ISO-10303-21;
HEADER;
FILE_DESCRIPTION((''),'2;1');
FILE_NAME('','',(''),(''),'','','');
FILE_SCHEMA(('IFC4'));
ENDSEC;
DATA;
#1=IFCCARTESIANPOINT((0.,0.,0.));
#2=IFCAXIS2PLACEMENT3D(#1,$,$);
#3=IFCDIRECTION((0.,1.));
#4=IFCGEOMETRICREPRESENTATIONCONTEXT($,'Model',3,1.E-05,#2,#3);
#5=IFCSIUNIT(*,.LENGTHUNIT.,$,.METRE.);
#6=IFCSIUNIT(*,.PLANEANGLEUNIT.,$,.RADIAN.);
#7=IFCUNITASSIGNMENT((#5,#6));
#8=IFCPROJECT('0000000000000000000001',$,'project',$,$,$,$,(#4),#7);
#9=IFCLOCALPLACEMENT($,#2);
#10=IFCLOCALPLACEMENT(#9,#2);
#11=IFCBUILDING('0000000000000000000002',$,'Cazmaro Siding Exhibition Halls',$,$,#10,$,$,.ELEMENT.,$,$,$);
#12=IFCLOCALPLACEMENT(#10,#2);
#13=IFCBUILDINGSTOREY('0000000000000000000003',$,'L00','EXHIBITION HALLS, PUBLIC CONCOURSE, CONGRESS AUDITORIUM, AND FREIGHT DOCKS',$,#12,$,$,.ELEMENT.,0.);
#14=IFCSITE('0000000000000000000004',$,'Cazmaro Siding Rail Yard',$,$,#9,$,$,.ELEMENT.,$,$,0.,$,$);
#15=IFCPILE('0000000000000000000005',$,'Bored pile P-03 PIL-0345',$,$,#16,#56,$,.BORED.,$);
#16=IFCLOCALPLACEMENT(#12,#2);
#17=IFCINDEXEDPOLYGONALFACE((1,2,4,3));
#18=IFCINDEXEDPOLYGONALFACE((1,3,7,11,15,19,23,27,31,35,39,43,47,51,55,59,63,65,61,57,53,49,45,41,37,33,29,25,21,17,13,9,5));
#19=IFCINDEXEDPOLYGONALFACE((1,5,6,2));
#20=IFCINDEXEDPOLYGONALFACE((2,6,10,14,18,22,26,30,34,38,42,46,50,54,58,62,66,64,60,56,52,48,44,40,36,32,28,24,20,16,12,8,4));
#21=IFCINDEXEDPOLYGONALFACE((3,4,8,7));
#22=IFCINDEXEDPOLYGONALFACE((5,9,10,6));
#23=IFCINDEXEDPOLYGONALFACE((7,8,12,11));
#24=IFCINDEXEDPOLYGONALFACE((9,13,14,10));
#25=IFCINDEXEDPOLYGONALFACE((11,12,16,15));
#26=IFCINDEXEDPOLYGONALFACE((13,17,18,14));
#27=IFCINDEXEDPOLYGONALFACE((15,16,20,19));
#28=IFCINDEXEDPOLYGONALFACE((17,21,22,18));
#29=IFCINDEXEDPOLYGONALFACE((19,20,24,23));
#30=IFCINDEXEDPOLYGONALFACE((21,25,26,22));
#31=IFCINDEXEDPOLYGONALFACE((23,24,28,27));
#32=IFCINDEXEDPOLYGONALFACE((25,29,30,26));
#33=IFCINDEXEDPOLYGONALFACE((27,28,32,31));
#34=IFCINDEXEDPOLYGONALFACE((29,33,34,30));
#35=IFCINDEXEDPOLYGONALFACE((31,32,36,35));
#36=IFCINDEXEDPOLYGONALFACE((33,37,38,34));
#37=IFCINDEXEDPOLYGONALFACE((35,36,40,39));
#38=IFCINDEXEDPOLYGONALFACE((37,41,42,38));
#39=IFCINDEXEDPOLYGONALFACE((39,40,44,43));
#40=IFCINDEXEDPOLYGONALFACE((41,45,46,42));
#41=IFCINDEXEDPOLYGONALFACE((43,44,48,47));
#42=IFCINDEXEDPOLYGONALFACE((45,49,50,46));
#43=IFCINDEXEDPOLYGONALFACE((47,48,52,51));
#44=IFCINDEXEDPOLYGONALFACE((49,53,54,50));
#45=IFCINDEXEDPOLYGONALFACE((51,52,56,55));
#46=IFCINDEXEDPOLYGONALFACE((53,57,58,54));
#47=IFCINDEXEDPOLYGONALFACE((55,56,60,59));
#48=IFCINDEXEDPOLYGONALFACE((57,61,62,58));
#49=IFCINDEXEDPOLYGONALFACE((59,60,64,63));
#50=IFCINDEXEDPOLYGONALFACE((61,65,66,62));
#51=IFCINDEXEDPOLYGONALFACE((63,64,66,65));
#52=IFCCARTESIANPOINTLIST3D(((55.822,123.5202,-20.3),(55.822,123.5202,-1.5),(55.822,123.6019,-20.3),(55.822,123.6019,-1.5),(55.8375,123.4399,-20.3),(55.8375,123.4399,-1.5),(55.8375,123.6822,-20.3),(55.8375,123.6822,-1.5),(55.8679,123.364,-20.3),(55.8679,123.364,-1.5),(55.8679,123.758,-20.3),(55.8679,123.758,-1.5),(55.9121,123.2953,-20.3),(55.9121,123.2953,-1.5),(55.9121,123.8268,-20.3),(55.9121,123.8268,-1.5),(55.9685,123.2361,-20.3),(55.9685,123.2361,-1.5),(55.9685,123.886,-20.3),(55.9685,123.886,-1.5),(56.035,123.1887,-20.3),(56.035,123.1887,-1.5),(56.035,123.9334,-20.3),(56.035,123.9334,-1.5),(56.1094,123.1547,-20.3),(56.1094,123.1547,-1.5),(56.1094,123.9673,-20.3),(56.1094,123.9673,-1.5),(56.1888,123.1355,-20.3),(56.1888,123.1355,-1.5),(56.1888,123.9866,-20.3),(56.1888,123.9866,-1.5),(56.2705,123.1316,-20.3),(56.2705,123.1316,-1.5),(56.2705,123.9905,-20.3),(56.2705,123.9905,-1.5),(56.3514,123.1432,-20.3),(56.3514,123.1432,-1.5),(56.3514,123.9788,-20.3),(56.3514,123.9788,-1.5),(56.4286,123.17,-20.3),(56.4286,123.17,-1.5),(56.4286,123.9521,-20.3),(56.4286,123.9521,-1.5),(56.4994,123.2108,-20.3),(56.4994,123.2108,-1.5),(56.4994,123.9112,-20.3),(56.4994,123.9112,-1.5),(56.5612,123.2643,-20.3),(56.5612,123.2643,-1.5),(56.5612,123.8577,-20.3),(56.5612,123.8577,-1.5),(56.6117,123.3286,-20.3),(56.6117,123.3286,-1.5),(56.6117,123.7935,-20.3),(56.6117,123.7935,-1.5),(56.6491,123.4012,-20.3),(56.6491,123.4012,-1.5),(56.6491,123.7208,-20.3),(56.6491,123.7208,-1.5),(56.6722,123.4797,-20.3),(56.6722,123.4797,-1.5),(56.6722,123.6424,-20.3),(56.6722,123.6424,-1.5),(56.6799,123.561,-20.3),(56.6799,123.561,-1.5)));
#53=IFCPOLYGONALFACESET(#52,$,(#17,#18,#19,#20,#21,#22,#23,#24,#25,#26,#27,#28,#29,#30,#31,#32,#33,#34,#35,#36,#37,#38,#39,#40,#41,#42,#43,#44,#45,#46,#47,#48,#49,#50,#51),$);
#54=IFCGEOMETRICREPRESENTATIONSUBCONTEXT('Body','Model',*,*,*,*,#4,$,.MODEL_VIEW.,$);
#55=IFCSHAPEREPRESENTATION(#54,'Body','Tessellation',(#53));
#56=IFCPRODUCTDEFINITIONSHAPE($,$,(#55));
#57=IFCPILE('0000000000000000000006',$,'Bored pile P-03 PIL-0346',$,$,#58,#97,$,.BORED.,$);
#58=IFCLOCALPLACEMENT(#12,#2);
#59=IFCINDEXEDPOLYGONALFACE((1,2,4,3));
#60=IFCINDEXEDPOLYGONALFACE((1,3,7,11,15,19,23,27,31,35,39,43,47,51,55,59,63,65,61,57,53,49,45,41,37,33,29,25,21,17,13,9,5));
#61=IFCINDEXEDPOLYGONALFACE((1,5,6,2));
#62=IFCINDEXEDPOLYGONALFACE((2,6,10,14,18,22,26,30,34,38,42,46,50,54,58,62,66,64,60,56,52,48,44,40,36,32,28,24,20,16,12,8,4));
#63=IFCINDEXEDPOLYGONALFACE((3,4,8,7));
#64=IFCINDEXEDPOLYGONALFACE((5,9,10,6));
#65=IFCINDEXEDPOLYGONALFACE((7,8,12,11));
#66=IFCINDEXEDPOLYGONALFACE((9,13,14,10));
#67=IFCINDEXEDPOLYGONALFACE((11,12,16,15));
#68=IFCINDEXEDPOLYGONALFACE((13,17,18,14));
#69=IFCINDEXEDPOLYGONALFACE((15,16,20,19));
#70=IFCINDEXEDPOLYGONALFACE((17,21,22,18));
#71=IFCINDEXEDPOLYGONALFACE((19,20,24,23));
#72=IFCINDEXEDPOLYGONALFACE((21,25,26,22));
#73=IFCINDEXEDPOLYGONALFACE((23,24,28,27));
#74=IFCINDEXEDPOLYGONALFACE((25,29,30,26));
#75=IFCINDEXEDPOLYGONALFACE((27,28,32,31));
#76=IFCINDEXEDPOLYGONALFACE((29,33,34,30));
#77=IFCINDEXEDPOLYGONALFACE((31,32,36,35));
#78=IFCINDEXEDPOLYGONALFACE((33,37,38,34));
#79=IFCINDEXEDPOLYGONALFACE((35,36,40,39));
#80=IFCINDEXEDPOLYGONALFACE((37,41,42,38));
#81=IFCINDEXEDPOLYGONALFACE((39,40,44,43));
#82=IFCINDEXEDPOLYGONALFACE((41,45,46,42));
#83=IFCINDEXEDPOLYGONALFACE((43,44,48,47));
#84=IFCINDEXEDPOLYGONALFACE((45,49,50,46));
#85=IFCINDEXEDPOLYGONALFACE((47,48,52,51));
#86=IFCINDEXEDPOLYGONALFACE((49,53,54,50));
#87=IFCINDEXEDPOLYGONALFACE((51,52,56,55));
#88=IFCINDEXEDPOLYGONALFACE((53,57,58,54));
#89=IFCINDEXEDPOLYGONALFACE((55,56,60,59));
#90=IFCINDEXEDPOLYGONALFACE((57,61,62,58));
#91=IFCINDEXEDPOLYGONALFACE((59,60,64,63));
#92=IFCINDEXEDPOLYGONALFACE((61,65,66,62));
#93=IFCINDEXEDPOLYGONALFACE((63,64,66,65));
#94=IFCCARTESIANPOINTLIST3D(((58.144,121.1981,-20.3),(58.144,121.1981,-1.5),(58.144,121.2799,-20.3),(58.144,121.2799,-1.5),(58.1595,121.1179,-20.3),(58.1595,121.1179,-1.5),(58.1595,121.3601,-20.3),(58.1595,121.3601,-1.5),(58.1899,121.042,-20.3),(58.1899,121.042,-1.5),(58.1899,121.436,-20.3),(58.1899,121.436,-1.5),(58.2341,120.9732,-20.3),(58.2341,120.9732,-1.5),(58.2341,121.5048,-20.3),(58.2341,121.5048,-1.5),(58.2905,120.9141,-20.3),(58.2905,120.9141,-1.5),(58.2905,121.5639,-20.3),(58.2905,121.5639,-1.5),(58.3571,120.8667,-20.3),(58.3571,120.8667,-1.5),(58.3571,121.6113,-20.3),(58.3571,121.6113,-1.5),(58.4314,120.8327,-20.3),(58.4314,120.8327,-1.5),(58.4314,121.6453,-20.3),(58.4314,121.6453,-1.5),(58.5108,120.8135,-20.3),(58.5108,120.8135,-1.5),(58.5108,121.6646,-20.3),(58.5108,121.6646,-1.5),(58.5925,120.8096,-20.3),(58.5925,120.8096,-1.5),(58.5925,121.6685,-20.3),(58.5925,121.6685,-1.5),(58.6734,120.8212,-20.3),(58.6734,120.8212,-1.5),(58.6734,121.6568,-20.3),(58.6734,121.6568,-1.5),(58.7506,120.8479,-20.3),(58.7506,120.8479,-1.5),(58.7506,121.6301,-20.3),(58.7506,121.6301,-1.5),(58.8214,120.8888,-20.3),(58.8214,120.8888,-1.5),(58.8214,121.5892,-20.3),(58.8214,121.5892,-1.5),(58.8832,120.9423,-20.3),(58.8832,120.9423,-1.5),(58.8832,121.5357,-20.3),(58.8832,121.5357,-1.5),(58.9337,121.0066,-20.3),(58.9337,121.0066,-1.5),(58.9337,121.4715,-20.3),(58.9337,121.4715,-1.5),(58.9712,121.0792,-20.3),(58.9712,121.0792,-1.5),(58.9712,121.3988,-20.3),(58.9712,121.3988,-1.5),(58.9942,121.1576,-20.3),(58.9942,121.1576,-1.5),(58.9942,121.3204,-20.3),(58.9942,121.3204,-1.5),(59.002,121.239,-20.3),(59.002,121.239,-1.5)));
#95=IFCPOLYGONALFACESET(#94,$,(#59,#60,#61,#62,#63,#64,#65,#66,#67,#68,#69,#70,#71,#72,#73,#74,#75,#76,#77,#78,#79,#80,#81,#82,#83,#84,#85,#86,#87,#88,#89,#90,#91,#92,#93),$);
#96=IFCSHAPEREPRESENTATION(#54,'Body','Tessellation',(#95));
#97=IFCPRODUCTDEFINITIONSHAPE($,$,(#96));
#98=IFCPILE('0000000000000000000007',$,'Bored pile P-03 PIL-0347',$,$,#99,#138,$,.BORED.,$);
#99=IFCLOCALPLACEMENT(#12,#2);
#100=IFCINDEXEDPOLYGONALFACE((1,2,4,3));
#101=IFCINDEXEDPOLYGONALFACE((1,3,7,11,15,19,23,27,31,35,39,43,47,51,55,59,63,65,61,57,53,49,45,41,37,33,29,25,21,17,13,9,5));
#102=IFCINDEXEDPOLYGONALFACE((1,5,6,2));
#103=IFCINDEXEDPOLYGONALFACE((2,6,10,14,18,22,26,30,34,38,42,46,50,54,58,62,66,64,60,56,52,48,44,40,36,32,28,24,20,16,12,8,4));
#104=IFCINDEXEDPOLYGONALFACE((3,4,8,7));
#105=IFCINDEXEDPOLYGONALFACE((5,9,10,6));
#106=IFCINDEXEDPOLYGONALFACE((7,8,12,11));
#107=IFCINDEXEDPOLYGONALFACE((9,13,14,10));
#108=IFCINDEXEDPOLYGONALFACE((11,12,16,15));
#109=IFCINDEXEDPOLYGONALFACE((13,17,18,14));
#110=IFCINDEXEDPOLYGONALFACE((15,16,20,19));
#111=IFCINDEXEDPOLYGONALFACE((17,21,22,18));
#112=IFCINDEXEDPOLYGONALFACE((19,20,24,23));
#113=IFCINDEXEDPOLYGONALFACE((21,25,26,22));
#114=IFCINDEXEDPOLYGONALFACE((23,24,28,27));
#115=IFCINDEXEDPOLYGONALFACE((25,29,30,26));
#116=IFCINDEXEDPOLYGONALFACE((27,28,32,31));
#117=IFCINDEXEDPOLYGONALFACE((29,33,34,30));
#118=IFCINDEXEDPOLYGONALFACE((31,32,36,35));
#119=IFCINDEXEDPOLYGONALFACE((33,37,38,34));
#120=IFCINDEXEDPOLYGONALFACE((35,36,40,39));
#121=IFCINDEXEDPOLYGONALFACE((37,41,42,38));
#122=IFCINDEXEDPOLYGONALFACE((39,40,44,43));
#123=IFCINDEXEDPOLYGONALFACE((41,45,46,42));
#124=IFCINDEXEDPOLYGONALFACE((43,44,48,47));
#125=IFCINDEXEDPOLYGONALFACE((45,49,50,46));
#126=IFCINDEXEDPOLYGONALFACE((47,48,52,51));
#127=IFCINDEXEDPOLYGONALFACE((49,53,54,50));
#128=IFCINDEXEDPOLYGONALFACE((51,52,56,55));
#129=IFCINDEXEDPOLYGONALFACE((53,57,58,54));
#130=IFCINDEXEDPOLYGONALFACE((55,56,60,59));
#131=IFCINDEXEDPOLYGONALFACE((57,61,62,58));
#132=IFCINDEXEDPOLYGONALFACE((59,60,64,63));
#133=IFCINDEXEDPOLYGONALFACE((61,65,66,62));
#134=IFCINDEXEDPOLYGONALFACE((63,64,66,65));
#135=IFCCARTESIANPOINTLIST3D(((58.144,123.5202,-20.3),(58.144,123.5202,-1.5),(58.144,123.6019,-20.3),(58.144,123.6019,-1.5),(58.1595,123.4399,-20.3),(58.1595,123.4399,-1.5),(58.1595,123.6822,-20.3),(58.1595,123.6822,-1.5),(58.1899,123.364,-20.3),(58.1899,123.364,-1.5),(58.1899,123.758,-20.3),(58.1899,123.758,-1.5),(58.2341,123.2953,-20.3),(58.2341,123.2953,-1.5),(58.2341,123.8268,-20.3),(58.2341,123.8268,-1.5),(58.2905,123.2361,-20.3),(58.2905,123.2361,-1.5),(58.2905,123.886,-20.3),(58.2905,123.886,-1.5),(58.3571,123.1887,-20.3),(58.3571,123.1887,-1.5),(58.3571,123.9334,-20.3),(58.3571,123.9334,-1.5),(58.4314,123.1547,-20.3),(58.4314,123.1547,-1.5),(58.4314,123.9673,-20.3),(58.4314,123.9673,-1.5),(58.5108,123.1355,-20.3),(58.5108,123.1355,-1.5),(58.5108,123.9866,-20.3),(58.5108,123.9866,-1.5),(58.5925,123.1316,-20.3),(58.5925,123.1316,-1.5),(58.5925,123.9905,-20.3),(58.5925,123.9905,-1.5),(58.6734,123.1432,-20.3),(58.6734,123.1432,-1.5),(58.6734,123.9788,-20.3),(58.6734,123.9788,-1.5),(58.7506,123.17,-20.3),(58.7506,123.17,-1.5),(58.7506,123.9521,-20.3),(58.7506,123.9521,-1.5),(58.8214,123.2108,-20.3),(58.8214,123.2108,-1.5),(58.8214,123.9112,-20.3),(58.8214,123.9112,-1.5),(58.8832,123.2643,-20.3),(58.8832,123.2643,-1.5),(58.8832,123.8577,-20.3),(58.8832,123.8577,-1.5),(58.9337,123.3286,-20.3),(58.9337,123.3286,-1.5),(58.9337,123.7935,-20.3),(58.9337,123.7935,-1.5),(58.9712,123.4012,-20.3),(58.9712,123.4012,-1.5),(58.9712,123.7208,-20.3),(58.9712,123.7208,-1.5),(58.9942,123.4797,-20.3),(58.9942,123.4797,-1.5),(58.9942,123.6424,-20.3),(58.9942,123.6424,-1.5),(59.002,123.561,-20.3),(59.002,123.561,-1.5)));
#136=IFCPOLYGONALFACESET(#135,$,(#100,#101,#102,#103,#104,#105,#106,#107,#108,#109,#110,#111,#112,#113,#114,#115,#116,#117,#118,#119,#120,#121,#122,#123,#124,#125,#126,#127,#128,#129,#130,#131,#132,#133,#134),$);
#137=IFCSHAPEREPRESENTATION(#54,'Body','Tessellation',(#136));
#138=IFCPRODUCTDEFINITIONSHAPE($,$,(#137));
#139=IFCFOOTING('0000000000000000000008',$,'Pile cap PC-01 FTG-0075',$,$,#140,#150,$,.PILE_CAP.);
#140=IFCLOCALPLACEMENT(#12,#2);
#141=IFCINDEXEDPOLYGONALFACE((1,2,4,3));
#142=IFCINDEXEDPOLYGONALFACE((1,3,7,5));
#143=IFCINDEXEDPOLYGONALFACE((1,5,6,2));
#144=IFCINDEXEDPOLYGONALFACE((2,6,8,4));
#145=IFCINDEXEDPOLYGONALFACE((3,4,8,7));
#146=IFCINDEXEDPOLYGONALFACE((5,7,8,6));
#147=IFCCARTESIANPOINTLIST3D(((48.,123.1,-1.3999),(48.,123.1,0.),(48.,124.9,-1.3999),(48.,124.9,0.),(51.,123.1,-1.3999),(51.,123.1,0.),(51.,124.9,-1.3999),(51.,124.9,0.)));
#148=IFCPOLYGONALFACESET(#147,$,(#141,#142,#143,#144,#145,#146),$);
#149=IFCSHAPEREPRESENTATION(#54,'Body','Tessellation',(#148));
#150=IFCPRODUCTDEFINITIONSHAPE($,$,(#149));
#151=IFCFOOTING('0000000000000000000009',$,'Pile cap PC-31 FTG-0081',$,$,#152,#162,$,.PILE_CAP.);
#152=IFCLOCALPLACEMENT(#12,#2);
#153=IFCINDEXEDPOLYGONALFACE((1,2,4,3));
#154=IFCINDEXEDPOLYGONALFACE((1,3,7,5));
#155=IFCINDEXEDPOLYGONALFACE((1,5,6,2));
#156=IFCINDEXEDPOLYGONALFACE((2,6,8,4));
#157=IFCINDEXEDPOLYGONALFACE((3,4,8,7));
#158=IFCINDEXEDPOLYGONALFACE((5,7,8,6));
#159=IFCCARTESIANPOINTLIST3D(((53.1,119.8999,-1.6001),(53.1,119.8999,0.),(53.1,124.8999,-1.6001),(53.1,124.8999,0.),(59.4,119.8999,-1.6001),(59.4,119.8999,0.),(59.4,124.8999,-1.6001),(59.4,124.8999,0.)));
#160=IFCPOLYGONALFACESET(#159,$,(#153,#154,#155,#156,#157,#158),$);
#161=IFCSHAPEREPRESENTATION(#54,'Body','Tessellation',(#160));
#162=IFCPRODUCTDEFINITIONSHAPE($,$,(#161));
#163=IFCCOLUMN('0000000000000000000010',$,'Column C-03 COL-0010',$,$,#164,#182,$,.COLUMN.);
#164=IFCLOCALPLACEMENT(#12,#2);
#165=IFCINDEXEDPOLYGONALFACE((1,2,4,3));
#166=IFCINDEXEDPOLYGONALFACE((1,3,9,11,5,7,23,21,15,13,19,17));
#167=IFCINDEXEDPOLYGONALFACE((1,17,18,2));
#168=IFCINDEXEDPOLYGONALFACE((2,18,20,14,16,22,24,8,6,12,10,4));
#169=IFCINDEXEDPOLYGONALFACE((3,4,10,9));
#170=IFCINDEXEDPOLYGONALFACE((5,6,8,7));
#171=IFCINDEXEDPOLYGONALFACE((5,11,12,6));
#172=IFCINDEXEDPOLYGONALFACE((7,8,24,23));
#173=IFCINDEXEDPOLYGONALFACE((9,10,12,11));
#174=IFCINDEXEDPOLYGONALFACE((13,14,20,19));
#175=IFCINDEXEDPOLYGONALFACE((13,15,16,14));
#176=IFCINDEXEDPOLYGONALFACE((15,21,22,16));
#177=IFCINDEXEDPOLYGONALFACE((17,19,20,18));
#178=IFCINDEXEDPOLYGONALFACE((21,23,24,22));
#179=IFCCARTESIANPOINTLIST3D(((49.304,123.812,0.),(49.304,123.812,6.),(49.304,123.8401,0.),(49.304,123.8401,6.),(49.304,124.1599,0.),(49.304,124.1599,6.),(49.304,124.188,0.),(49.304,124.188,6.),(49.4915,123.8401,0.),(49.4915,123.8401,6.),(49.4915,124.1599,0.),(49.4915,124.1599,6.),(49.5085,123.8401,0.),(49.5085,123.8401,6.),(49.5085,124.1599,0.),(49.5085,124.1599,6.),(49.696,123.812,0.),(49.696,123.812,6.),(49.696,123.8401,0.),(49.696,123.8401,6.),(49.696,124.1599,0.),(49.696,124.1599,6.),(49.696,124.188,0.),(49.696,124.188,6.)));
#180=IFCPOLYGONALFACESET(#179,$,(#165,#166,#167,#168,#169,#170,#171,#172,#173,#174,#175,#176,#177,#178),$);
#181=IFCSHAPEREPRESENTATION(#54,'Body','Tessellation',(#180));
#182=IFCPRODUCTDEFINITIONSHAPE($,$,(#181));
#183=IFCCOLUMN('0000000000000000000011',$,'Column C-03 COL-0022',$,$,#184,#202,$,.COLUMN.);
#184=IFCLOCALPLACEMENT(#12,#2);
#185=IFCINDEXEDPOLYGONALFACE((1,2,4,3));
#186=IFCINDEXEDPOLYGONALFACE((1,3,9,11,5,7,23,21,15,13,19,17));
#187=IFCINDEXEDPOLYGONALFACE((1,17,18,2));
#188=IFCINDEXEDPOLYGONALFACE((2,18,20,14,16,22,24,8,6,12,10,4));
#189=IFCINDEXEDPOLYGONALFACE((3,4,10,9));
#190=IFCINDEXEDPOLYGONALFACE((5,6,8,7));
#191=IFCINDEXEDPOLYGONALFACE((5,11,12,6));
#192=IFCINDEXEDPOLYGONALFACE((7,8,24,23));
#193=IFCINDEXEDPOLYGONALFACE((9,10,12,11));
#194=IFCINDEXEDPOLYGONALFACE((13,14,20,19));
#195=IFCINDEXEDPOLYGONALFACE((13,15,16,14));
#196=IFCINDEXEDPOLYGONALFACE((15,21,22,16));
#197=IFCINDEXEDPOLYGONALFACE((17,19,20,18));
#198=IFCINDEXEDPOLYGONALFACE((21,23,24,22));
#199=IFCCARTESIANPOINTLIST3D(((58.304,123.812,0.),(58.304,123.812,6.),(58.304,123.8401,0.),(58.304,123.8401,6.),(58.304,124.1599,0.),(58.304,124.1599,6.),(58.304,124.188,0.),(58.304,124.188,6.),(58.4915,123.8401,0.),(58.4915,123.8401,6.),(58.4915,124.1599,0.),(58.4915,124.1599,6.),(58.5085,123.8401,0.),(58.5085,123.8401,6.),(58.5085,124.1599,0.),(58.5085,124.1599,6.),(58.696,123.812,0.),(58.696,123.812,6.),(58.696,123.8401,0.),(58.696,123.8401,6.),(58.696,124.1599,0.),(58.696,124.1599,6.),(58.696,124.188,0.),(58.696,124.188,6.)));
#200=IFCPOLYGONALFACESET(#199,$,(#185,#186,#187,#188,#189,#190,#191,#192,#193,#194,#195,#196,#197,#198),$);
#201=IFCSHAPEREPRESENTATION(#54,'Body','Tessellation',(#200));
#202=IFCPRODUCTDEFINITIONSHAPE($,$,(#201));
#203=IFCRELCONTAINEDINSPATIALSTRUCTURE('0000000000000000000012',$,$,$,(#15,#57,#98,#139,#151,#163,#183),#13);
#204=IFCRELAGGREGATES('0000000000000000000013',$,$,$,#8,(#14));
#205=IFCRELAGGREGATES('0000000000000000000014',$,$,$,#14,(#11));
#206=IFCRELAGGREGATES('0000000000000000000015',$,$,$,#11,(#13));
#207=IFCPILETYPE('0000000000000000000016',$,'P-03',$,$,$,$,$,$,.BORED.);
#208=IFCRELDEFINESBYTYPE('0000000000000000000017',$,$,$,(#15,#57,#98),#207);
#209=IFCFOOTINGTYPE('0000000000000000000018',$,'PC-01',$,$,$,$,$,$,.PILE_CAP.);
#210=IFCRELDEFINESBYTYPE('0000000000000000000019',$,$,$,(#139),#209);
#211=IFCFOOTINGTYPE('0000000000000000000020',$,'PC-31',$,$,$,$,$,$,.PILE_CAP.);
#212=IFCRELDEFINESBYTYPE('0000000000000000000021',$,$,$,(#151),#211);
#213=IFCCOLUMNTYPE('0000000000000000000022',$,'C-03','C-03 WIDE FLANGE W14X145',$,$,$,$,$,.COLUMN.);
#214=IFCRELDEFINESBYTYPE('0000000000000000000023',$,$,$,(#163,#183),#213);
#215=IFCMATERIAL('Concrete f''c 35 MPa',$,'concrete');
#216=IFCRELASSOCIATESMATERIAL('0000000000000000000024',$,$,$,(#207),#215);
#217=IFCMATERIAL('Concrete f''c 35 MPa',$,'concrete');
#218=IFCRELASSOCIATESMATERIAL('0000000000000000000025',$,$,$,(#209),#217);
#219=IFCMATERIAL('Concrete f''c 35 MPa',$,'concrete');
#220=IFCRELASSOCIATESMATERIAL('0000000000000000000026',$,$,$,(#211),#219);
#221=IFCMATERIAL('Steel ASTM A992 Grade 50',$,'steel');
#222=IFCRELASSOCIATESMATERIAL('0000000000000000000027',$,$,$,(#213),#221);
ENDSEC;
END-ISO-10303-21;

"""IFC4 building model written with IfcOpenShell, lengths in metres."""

from ifc_helpers import new_model, si_unit, direction, frame, origin, origin_2d, place, context, subcontext, project, spatial, rectangle, circle, i_section, extrude, material, material_profile, profile_set, type_object, element, save


model = new_model("IFC4")

# Units and contexts
model_context = context("Model", 3, precision=1e-05, world=origin(), true_north=direction((0.0, 1.0)))
body_context = subcontext(model_context, "Body", "Model", "MODEL_VIEW")
ifc_project = project(units=[si_unit("LENGTHUNIT", "METRE"), si_unit("PLANEANGLEUNIT", "RADIAN")], contexts=[model_context])

# Site, building, storey
site_placement = place(None, origin())
site = spatial("IfcSite", under=ifc_project, at=site_placement, Name="Cazmaro Siding Rail Yard", CompositionType="ELEMENT", RefElevation=0.0)
building_placement = place(site_placement, origin())
building = spatial("IfcBuilding", under=site, at=building_placement, Name="Cazmaro Siding Exhibition Halls", CompositionType="ELEMENT")
storey_placement = place(building_placement, origin())
storey = spatial("IfcBuildingStorey", under=building, at=storey_placement, Name="L00", Description="EXHIBITION HALLS, PUBLIC CONCOURSE, CONGRESS AUDITORIUM, AND FREIGHT DOCKS", CompositionType="ELEMENT", Elevation=0.0)

# Piles
ifc_material_1 = material(Name="Concrete f'c 35 MPa", Category="concrete")
ifc_material_profile_1 = material_profile(ifc_material_1, circle(Radius=0.4299, at=origin_2d()), Name="CIDH-860")
ifc_profile_set_1 = profile_set([ifc_material_profile_1], Name="Concrete f'c 35 MPa")
pile_type_1 = type_object("IfcPileType", Name="P-03", PredefinedType="BORED", material=ifc_profile_set_1)
for number, where, z_axis, x_axis, name in (
    (1, (56.25, 123.561, -1.5), (0.0, 0.0, -1.0), (1.0, 0.0, 0.0), "Bored pile P-03 PIL-0345"),
    (2, (58.572, 121.239, -1.5), (0.0, 0.0, -1.0), (1.0, 0.0, 0.0), "Bored pile P-03 PIL-0346"),
    (3, (58.572, 123.561, -1.5), (0.0, 0.0, -1.0), (1.0, 0.0, 0.0), "Bored pile P-03 PIL-0347"),
):
    element("IfcPile", number, at=place(storey_placement, frame(where, z_axis=z_axis, x_axis=x_axis)), inside=storey, type_object=pile_type_1, Name=name, PredefinedType="BORED", context=body_context, shape_type="SweptSolid", body=[
        extrude(circle(Radius=0.4299, at=origin_2d()), origin(), (0.0, 0.0, 1.0), 18.8),
    ])

# Footings
ifc_material_2 = material(Name="Concrete f'c 35 MPa", Category="concrete")
footing_type_1 = type_object("IfcFootingType", Name="PC-01", PredefinedType="PILE_CAP", material=ifc_material_2)
footing_1_placement = place(storey_placement, frame((49.5, 124.0, -1.3999), z_axis=(0.0, 0.0, 1.0), x_axis=(1.0, 0.0, 0.0)))
element("IfcFooting", 4, at=footing_1_placement, inside=storey, type_object=footing_type_1, Name="Pile cap PC-01 FTG-0075", PredefinedType="PILE_CAP", context=body_context, shape_type="SweptSolid", body=[
    extrude(rectangle(XDim=3.0, YDim=1.8, at=origin_2d()), origin(), (0.0, 0.0, 1.0), 1.3999),
])
ifc_material_3 = material(Name="Concrete f'c 35 MPa", Category="concrete")
footing_type_2 = type_object("IfcFootingType", Name="PC-31", PredefinedType="PILE_CAP", material=ifc_material_3)
footing_2_placement = place(storey_placement, frame((56.25, 122.3999, -1.6001), z_axis=(0.0, 0.0, 1.0), x_axis=(1.0, 0.0, 0.0)))
element("IfcFooting", 5, at=footing_2_placement, inside=storey, type_object=footing_type_2, Name="Pile cap PC-31 FTG-0081", PredefinedType="PILE_CAP", context=body_context, shape_type="SweptSolid", body=[
    extrude(rectangle(XDim=6.3, YDim=5.0, at=origin_2d()), origin(), (0.0, 0.0, 1.0), 1.6001),
])

# Columns
ifc_material_4 = material(Name="Steel ASTM A992 Grade 50", Category="steel")
ifc_material_profile_2 = material_profile(ifc_material_4, i_section(OverallWidth=0.3921, OverallDepth=0.376, WebThickness=0.0171, FlangeThickness=0.0281, at=origin_2d()), Name="W14X145")
ifc_profile_set_2 = profile_set([ifc_material_profile_2], Name="Steel ASTM A992 Grade 50")
column_type_1 = type_object("IfcColumnType", Name="C-03", Description="C-03 WIDE FLANGE W14X145", PredefinedType="COLUMN", material=ifc_profile_set_2)
for number, where, z_axis, x_axis, name in (
    (6, (49.5, 124.0, 0.0), (0.0, 0.0, 1.0), (1.0, 0.0, 0.0), "Column C-03 COL-0010"),
    (7, (58.5, 124.0, 0.0), (0.0, 0.0, 1.0), (1.0, 0.0, 0.0), "Column C-03 COL-0022"),
):
    element("IfcColumn", number, at=place(storey_placement, frame(where, z_axis=z_axis, x_axis=x_axis)), inside=storey, type_object=column_type_1, Name=name, PredefinedType="COLUMN", context=body_context, shape_type="SweptSolid", body=[
        extrude(i_section(OverallWidth=0.3921, OverallDepth=0.376, WebThickness=0.0171, FlangeThickness=0.0281, at=origin_2d()), origin(), (0.0, 0.0, 1.0), 6.0),
    ])

save(model, "model.ifc")
